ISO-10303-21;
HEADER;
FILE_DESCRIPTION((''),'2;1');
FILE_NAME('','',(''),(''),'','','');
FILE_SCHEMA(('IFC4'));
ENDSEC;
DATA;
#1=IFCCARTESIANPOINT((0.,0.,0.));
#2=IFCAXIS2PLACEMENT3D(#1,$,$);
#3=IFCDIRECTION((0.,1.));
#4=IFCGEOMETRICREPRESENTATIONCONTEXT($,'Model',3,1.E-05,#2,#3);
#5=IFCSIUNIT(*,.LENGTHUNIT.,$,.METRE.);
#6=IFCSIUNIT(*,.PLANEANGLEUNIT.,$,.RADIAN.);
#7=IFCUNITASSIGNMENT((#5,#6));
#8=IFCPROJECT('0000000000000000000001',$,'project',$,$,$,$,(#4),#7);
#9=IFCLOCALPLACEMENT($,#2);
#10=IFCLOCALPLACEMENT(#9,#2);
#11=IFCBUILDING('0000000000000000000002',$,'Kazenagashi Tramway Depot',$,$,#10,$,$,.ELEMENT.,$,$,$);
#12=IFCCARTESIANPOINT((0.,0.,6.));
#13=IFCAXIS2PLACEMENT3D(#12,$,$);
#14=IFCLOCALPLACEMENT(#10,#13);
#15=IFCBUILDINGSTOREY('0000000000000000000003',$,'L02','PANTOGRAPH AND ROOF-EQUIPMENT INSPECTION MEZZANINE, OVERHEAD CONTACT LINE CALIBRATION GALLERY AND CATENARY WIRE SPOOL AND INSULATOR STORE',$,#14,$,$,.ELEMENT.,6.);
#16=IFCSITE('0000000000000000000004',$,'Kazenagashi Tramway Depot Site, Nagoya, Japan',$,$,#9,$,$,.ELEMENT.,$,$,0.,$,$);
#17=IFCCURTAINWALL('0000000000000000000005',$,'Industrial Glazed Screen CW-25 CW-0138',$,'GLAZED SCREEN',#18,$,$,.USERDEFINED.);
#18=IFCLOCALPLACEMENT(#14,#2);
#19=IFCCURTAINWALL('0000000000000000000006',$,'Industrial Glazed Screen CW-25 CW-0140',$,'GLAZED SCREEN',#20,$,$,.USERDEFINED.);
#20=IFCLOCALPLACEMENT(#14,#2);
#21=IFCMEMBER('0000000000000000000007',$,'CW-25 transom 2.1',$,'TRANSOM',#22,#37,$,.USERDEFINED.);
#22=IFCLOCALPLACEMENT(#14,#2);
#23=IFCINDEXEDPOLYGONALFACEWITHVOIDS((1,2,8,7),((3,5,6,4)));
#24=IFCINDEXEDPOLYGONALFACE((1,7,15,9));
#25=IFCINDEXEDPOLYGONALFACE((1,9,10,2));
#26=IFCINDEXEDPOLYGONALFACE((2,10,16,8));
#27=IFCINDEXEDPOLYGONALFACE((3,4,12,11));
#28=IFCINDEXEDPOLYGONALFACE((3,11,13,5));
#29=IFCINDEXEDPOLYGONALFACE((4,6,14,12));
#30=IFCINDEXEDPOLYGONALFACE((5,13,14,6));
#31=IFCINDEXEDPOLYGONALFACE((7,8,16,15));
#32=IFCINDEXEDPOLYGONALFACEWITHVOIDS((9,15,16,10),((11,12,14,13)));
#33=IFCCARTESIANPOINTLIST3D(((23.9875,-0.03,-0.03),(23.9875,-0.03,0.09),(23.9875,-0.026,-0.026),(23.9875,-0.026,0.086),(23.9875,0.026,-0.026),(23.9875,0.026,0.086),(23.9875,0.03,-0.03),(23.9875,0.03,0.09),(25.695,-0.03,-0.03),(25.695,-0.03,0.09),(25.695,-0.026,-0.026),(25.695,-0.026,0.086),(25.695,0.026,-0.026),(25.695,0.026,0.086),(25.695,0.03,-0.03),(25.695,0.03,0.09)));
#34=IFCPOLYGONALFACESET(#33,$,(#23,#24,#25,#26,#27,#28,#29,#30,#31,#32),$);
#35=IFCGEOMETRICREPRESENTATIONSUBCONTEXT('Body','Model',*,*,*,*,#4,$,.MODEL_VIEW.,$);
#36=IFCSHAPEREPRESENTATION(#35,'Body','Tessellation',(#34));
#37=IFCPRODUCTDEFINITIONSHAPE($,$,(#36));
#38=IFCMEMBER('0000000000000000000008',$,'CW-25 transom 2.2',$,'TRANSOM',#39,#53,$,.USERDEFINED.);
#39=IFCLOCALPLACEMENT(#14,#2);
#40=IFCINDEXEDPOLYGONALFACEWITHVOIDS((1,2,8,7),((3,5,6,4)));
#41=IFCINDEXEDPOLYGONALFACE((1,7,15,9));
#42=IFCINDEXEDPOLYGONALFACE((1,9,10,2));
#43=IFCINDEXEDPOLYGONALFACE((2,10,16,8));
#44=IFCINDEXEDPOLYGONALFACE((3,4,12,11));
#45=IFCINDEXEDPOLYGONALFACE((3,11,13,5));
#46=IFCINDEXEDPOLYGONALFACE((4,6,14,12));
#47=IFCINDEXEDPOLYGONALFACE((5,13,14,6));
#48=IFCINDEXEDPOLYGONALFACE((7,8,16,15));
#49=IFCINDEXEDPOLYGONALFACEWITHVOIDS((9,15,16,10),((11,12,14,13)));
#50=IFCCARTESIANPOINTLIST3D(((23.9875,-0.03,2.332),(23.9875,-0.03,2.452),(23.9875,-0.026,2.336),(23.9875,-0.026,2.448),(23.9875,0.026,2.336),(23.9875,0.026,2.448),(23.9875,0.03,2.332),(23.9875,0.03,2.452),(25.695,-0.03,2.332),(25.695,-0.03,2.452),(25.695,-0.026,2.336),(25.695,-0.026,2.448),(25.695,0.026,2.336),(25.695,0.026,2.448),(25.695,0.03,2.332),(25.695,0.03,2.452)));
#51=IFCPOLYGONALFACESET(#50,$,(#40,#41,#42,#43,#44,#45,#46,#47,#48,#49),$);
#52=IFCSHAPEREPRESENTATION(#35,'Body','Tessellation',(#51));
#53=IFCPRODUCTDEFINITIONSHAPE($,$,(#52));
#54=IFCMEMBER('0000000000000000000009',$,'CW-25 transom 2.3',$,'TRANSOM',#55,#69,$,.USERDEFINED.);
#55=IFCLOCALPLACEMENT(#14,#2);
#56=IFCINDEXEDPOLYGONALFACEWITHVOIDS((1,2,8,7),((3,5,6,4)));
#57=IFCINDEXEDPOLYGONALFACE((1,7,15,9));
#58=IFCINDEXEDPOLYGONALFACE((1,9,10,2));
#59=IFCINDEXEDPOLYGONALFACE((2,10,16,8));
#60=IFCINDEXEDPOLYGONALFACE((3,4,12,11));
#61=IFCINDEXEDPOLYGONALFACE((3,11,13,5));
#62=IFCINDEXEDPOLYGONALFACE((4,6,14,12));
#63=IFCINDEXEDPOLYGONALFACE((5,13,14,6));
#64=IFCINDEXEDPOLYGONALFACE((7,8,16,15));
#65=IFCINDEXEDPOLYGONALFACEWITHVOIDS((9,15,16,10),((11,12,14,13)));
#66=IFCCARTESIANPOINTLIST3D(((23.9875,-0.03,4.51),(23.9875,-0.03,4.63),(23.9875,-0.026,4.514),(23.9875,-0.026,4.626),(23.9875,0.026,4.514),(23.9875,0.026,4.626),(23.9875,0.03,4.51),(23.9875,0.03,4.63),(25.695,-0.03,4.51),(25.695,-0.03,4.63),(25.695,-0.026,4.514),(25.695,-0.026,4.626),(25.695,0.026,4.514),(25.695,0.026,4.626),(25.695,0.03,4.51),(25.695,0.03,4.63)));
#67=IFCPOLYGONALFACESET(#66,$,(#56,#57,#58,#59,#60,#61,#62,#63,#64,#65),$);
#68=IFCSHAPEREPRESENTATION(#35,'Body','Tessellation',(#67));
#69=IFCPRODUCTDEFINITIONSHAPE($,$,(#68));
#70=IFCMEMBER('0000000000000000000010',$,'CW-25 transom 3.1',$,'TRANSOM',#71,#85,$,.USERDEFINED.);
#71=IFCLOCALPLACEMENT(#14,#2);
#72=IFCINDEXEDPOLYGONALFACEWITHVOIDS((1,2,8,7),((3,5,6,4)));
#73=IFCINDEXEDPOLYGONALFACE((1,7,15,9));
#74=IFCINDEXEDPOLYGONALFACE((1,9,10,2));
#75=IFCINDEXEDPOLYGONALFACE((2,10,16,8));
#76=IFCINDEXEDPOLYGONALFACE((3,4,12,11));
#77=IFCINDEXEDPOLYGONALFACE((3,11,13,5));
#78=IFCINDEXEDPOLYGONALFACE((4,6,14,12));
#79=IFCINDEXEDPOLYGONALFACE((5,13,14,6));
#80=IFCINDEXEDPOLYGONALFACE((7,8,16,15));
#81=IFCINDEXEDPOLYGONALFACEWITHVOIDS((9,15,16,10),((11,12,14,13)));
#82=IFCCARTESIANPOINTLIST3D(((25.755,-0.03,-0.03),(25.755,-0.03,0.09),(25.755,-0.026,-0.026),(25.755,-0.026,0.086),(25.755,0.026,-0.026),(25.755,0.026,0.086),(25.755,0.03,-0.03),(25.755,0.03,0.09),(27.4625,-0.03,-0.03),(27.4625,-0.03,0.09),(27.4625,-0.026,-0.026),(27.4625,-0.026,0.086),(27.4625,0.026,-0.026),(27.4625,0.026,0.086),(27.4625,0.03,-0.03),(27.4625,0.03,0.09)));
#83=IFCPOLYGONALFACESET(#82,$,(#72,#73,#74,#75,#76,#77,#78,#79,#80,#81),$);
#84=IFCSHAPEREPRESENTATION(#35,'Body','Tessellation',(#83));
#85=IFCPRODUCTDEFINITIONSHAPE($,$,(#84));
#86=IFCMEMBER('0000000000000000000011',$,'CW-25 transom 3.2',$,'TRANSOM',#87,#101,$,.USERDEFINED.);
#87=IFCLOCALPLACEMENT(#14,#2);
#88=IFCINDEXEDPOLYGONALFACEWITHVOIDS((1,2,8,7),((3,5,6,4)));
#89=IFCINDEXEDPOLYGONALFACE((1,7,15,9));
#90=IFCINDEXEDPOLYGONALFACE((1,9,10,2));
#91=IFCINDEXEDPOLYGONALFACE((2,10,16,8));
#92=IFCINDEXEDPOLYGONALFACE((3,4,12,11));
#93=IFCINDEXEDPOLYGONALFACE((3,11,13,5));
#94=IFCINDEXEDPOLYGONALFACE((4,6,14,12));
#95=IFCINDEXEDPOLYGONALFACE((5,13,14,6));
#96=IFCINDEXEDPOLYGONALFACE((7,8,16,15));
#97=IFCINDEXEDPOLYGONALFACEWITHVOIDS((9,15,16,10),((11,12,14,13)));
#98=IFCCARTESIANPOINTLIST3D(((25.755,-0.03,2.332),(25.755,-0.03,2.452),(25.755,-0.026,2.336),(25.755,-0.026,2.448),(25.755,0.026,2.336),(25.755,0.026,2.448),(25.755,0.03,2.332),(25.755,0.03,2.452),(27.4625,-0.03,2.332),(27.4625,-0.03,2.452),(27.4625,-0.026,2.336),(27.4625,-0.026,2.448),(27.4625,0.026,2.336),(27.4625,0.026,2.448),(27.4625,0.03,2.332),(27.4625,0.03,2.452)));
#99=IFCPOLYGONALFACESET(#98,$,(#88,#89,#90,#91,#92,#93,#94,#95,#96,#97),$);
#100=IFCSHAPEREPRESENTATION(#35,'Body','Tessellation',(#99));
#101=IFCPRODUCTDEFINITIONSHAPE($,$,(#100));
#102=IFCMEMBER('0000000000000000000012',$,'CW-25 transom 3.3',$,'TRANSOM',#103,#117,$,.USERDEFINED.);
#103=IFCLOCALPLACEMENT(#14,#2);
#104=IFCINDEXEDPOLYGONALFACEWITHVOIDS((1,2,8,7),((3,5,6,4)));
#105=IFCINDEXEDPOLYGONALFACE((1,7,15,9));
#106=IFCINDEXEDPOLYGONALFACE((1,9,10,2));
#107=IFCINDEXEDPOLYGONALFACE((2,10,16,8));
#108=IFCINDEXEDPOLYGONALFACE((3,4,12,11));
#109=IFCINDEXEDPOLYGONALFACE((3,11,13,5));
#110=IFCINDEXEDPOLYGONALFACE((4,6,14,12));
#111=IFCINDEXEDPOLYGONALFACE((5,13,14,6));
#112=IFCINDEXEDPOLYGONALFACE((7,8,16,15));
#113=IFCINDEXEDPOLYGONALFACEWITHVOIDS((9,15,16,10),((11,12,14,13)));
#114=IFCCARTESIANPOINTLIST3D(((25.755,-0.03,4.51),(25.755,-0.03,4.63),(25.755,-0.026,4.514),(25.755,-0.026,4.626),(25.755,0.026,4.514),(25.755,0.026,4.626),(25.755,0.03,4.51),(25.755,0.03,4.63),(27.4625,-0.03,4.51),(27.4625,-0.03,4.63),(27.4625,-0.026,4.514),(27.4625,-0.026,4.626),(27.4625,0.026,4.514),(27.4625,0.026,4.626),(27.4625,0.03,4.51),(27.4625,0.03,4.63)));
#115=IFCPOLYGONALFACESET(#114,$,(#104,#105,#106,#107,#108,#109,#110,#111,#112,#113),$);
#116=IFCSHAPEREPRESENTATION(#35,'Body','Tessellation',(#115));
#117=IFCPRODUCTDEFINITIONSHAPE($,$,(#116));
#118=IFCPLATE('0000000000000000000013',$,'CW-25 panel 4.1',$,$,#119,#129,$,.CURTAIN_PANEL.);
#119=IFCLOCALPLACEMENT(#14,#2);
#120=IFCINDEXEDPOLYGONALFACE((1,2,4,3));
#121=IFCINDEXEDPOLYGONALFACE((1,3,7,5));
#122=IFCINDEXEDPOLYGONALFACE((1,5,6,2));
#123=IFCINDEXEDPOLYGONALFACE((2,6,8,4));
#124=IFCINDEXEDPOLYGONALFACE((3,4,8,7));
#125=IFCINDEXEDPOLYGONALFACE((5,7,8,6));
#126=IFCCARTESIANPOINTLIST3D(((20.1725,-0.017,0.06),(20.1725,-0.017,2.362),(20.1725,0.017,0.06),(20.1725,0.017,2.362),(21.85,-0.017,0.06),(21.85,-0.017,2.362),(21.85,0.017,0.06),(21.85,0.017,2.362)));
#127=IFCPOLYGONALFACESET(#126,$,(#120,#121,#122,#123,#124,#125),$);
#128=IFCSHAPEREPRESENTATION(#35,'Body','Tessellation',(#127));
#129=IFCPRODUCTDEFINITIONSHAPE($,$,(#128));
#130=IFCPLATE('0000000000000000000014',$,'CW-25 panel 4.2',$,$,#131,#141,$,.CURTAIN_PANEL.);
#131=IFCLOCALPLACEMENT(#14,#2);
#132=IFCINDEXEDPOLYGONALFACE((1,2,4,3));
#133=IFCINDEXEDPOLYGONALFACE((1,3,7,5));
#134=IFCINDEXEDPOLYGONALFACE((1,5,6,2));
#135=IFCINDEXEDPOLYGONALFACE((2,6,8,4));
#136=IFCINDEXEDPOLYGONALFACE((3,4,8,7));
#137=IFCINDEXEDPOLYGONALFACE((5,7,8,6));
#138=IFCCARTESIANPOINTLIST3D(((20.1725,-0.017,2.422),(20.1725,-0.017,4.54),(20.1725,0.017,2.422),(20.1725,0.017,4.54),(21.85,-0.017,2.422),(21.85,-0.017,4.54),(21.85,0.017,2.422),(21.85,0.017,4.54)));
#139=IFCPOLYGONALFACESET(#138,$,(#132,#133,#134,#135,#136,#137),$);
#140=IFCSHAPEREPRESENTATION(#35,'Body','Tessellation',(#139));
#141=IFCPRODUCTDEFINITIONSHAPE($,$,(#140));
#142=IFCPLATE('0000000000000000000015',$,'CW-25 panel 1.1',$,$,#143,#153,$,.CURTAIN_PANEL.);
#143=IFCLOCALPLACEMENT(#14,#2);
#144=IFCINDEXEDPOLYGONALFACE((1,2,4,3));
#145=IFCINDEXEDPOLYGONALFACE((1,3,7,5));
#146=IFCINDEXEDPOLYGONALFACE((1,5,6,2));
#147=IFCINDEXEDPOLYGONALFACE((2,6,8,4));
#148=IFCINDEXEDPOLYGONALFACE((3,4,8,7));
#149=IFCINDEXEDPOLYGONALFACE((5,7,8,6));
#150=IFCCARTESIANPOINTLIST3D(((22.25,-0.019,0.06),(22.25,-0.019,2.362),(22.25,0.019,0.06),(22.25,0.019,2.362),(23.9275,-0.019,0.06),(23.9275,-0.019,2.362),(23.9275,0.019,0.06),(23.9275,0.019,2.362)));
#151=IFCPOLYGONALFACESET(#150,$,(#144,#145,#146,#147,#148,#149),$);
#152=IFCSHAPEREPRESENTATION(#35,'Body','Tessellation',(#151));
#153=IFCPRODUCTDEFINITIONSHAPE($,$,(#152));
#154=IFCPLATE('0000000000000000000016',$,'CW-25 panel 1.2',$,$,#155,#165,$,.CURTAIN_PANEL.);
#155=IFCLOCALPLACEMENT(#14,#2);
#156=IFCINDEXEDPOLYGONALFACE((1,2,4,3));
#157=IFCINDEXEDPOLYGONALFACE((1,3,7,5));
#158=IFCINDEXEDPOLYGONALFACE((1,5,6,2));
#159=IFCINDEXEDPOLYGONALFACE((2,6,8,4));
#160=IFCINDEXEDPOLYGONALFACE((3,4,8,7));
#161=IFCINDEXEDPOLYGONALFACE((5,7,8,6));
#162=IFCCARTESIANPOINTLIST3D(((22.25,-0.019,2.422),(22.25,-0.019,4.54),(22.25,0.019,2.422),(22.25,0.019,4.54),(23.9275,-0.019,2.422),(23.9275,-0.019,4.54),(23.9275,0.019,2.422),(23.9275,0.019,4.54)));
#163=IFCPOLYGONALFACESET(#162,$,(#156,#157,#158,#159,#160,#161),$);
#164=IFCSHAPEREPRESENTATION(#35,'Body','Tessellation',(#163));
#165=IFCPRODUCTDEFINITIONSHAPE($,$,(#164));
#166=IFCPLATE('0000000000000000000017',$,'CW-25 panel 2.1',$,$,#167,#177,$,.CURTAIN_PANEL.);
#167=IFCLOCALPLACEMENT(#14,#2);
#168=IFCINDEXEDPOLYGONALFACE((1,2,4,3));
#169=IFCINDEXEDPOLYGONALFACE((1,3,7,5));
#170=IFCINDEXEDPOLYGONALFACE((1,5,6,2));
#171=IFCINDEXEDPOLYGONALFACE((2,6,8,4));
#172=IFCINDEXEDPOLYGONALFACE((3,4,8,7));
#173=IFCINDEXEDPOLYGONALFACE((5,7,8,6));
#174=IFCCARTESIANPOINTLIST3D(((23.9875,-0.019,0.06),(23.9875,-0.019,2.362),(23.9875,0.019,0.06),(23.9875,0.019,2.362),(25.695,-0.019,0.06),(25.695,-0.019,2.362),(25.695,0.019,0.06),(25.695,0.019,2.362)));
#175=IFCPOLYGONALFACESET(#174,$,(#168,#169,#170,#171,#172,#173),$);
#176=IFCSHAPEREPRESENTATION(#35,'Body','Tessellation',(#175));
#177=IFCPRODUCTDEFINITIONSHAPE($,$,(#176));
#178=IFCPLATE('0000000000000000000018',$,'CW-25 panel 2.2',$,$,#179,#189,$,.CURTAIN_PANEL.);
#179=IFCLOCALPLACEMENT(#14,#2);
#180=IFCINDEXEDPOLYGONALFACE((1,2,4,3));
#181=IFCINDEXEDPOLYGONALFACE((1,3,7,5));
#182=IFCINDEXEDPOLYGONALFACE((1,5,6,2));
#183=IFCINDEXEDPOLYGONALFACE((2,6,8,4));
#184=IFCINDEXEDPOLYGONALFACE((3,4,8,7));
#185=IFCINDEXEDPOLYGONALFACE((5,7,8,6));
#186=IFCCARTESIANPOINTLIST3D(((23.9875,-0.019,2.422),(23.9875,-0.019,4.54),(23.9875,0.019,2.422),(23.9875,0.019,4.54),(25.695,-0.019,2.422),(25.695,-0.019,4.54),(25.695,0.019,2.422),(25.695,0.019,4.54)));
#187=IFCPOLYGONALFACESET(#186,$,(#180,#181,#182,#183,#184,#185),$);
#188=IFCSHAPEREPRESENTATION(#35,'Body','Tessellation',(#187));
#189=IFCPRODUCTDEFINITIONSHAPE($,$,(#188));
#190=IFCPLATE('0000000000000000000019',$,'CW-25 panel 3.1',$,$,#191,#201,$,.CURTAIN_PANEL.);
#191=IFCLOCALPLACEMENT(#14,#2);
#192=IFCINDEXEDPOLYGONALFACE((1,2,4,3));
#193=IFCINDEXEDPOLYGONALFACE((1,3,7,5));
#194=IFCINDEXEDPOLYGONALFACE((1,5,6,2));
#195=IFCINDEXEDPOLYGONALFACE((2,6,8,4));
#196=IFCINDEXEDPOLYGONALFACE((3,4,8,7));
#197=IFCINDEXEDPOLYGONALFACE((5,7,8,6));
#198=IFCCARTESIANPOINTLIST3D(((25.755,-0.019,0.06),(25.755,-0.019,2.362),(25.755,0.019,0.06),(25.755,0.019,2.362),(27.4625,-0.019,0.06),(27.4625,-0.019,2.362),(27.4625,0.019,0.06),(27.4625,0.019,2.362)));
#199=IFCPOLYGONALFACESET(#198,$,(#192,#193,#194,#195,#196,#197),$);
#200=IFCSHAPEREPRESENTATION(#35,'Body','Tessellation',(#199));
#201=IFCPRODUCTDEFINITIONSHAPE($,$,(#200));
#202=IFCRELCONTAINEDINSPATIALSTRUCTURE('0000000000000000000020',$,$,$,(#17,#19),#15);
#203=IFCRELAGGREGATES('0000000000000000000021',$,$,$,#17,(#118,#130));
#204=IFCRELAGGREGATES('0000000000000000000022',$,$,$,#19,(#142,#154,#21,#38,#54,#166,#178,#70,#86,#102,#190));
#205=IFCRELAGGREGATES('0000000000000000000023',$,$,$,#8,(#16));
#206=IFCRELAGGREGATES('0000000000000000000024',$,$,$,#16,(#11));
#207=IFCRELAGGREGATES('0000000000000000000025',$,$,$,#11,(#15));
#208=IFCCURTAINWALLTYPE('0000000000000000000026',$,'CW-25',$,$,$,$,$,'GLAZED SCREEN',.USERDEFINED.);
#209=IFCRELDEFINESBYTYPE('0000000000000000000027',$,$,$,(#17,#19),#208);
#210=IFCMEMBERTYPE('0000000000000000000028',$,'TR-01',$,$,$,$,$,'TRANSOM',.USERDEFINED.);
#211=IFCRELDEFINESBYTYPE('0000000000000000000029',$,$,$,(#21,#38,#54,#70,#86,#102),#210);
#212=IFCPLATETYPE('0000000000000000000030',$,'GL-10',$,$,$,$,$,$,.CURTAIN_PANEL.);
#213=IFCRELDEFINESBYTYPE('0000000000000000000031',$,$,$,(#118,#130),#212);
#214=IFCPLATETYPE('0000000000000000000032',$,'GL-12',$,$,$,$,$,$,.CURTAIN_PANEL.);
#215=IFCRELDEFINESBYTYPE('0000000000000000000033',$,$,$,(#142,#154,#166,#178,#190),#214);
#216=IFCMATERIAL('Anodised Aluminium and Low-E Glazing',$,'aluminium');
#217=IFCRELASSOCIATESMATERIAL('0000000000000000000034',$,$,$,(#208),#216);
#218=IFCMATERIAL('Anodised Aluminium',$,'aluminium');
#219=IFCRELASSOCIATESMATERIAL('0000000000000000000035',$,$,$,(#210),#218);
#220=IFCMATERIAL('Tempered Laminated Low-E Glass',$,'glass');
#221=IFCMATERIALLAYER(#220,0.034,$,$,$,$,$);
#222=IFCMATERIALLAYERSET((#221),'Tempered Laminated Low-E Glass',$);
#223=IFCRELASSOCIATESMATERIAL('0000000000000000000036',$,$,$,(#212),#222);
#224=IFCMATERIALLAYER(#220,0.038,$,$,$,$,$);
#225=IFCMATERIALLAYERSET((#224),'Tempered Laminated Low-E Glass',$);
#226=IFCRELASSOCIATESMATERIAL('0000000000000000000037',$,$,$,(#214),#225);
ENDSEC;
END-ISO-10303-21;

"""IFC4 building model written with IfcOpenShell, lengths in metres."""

from ifc_helpers import new_model, si_unit, direction, frame, origin, origin_2d, place, context, subcontext, project, spatial, rectangle, hollow_rectangle, extrude, material, layer, layer_set, material_profile, profile_set, type_object, element, aggregate, save


model = new_model("IFC4")

# Units and contexts
model_context = context("Model", 3, precision=1e-05, world=origin(), true_north=direction((0.0, 1.0)))
body_context = subcontext(model_context, "Body", "Model", "MODEL_VIEW")
ifc_project = project(units=[si_unit("LENGTHUNIT", "METRE"), si_unit("PLANEANGLEUNIT", "RADIAN")], contexts=[model_context])

# Site, building, storey
site_placement = place(None, origin())
site = spatial("IfcSite", under=ifc_project, at=site_placement, Name="Kazenagashi Tramway Depot Site, Nagoya, Japan", CompositionType="ELEMENT", RefElevation=0.0)
building_placement = place(site_placement, origin())
building = spatial("IfcBuilding", under=site, at=building_placement, Name="Kazenagashi Tramway Depot", CompositionType="ELEMENT")
storey_placement = place(building_placement, frame((0.0, 0.0, 6.0)))
storey = spatial("IfcBuildingStorey", under=building, at=storey_placement, Name="L02", Description="PANTOGRAPH AND ROOF-EQUIPMENT INSPECTION MEZZANINE, OVERHEAD CONTACT LINE CALIBRATION GALLERY AND CATENARY WIRE SPOOL AND INSULATOR STORE", CompositionType="ELEMENT", Elevation=6.0)

# Curtain walls
ifc_material_1 = material(Name="Anodised Aluminium and Low-E Glazing", Category="aluminium")
curtain_wall_type = type_object("IfcCurtainWallType", Name="CW-25", ElementType="GLAZED SCREEN", PredefinedType="USERDEFINED", material=ifc_material_1)
curtain_wall_1_placement = place(storey_placement, origin())
curtain_wall_1 = element("IfcCurtainWall", 1, at=curtain_wall_1_placement, inside=storey, type_object=curtain_wall_type, Name="Industrial Glazed Screen CW-25 CW-0138", ObjectType="GLAZED SCREEN", PredefinedType="USERDEFINED")
ifc_material_2 = material(Name="Anodised Aluminium", Category="aluminium")
curtain_wall_2_placement = place(storey_placement, origin())
curtain_wall_2 = element("IfcCurtainWall", 2, at=curtain_wall_2_placement, inside=storey, type_object=curtain_wall_type, Name="Industrial Glazed Screen CW-25 CW-0140", ObjectType="GLAZED SCREEN", PredefinedType="USERDEFINED")

# Members
ifc_material_profile_1 = material_profile(ifc_material_2, hollow_rectangle(XDim=0.06, YDim=0.12, WallThickness=0.004, at=origin_2d()), Name="RHS-120x60x4")
ifc_profile_set_1 = profile_set([ifc_material_profile_1], Name="Anodised Aluminium")
member_type_1 = type_object("IfcMemberType", Name="TR-01", ElementType="TRANSOM", PredefinedType="USERDEFINED", material=ifc_profile_set_1)
member_1_placement = place(storey_placement, frame((23.9875, 0.0, 0.03), z_axis=(1.0, 0.0, 0.0), x_axis=(0.0, 1.0, 0.0)))
member_1 = element("IfcMember", 3, at=member_1_placement, type_object=member_type_1, Name="CW-25 transom 2.1", ObjectType="TRANSOM", PredefinedType="USERDEFINED", context=body_context, shape_type="SweptSolid", body=[
    extrude(hollow_rectangle(XDim=0.06, YDim=0.12, WallThickness=0.004, at=origin_2d()), origin(), (0.0, 0.0, 1.0), 1.7075),
])
member_2_placement = place(storey_placement, frame((23.9875, 0.0, 2.392), z_axis=(1.0, 0.0, 0.0), x_axis=(0.0, 1.0, 0.0)))
member_2 = element("IfcMember", 4, at=member_2_placement, type_object=member_type_1, Name="CW-25 transom 2.2", ObjectType="TRANSOM", PredefinedType="USERDEFINED", context=body_context, shape_type="SweptSolid", body=[
    extrude(hollow_rectangle(XDim=0.06, YDim=0.12, WallThickness=0.004, at=origin_2d()), origin(), (0.0, 0.0, 1.0), 1.7075),
])
member_3_placement = place(storey_placement, frame((23.9875, 0.0, 4.57), z_axis=(1.0, 0.0, 0.0), x_axis=(0.0, 1.0, 0.0)))
member_3 = element("IfcMember", 5, at=member_3_placement, type_object=member_type_1, Name="CW-25 transom 2.3", ObjectType="TRANSOM", PredefinedType="USERDEFINED", context=body_context, shape_type="SweptSolid", body=[
    extrude(hollow_rectangle(XDim=0.06, YDim=0.12, WallThickness=0.004, at=origin_2d()), origin(), (0.0, 0.0, 1.0), 1.7075),
])
member_4_placement = place(storey_placement, frame((25.755, 0.0, 0.03), z_axis=(1.0, 0.0, 0.0), x_axis=(0.0, 1.0, 0.0)))
member_4 = element("IfcMember", 6, at=member_4_placement, type_object=member_type_1, Name="CW-25 transom 3.1", ObjectType="TRANSOM", PredefinedType="USERDEFINED", context=body_context, shape_type="SweptSolid", body=[
    extrude(hollow_rectangle(XDim=0.06, YDim=0.12, WallThickness=0.004, at=origin_2d()), origin(), (0.0, 0.0, 1.0), 1.7075),
])
member_5_placement = place(storey_placement, frame((25.755, 0.0, 2.392), z_axis=(1.0, 0.0, 0.0), x_axis=(0.0, 1.0, 0.0)))
member_5 = element("IfcMember", 7, at=member_5_placement, type_object=member_type_1, Name="CW-25 transom 3.2", ObjectType="TRANSOM", PredefinedType="USERDEFINED", context=body_context, shape_type="SweptSolid", body=[
    extrude(hollow_rectangle(XDim=0.06, YDim=0.12, WallThickness=0.004, at=origin_2d()), origin(), (0.0, 0.0, 1.0), 1.7075),
])
member_6_placement = place(storey_placement, frame((25.755, 0.0, 4.57), z_axis=(1.0, 0.0, 0.0), x_axis=(0.0, 1.0, 0.0)))
member_6 = element("IfcMember", 8, at=member_6_placement, type_object=member_type_1, Name="CW-25 transom 3.3", ObjectType="TRANSOM", PredefinedType="USERDEFINED", context=body_context, shape_type="SweptSolid", body=[
    extrude(hollow_rectangle(XDim=0.06, YDim=0.12, WallThickness=0.004, at=origin_2d()), origin(), (0.0, 0.0, 1.0), 1.7075),
])

# Plates
ifc_material_3 = material(Name="Tempered Laminated Low-E Glass", Category="glass")
ifc_layer_1 = layer(ifc_material_3, 0.034)
ifc_layer_set_1 = layer_set([ifc_layer_1], Name="Tempered Laminated Low-E Glass")
plate_type_1 = type_object("IfcPlateType", Name="GL-10", PredefinedType="CURTAIN_PANEL", material=ifc_layer_set_1)
plate_1_placement = place(storey_placement, frame((21.0113, 0.0, 0.06), z_axis=(0.0, 0.0, 1.0), x_axis=(1.0, 0.0, 0.0)))
plate_1 = element("IfcPlate", 9, at=plate_1_placement, type_object=plate_type_1, Name="CW-25 panel 4.1", PredefinedType="CURTAIN_PANEL", context=body_context, shape_type="SweptSolid", body=[
    extrude(rectangle(XDim=1.6775, YDim=0.034, at=origin_2d()), origin(), (0.0, 0.0, 1.0), 2.302),
])
plate_2_placement = place(storey_placement, frame((21.0113, 0.0, 2.422), z_axis=(0.0, 0.0, 1.0), x_axis=(1.0, 0.0, 0.0)))
plate_2 = element("IfcPlate", 10, at=plate_2_placement, type_object=plate_type_1, Name="CW-25 panel 4.2", PredefinedType="CURTAIN_PANEL", context=body_context, shape_type="SweptSolid", body=[
    extrude(rectangle(XDim=1.6775, YDim=0.034, at=origin_2d()), origin(), (0.0, 0.0, 1.0), 2.118),
])
aggregate(curtain_wall_1, [plate_1, plate_2])
ifc_layer_2 = layer(ifc_material_3, 0.038)
ifc_layer_set_2 = layer_set([ifc_layer_2], Name="Tempered Laminated Low-E Glass")
plate_type_2 = type_object("IfcPlateType", Name="GL-12", PredefinedType="CURTAIN_PANEL", material=ifc_layer_set_2)
plate_3_placement = place(storey_placement, frame((23.0888, 0.0, 0.06), z_axis=(0.0, 0.0, 1.0), x_axis=(1.0, 0.0, 0.0)))
plate_3 = element("IfcPlate", 11, at=plate_3_placement, type_object=plate_type_2, Name="CW-25 panel 1.1", PredefinedType="CURTAIN_PANEL", context=body_context, shape_type="SweptSolid", body=[
    extrude(rectangle(XDim=1.6775, YDim=0.038, at=origin_2d()), origin(), (0.0, 0.0, 1.0), 2.302),
])
plate_4_placement = place(storey_placement, frame((23.0888, 0.0, 2.422), z_axis=(0.0, 0.0, 1.0), x_axis=(1.0, 0.0, 0.0)))
plate_4 = element("IfcPlate", 12, at=plate_4_placement, type_object=plate_type_2, Name="CW-25 panel 1.2", PredefinedType="CURTAIN_PANEL", context=body_context, shape_type="SweptSolid", body=[
    extrude(rectangle(XDim=1.6775, YDim=0.038, at=origin_2d()), origin(), (0.0, 0.0, 1.0), 2.118),
])
plate_5_placement = place(storey_placement, frame((24.8412, 0.0, 0.06), z_axis=(0.0, 0.0, 1.0), x_axis=(1.0, 0.0, 0.0)))
plate_5 = element("IfcPlate", 13, at=plate_5_placement, type_object=plate_type_2, Name="CW-25 panel 2.1", PredefinedType="CURTAIN_PANEL", context=body_context, shape_type="SweptSolid", body=[
    extrude(rectangle(XDim=1.7075, YDim=0.038, at=origin_2d()), origin(), (0.0, 0.0, 1.0), 2.302),
])
plate_6_placement = place(storey_placement, frame((24.8412, 0.0, 2.422), z_axis=(0.0, 0.0, 1.0), x_axis=(1.0, 0.0, 0.0)))
plate_6 = element("IfcPlate", 14, at=plate_6_placement, type_object=plate_type_2, Name="CW-25 panel 2.2", PredefinedType="CURTAIN_PANEL", context=body_context, shape_type="SweptSolid", body=[
    extrude(rectangle(XDim=1.7075, YDim=0.038, at=origin_2d()), origin(), (0.0, 0.0, 1.0), 2.118),
])
plate_7_placement = place(storey_placement, frame((26.6088, 0.0, 0.06), z_axis=(0.0, 0.0, 1.0), x_axis=(1.0, 0.0, 0.0)))
plate_7 = element("IfcPlate", 15, at=plate_7_placement, type_object=plate_type_2, Name="CW-25 panel 3.1", PredefinedType="CURTAIN_PANEL", context=body_context, shape_type="SweptSolid", body=[
    extrude(rectangle(XDim=1.7075, YDim=0.038, at=origin_2d()), origin(), (0.0, 0.0, 1.0), 2.302),
])
aggregate(curtain_wall_2, [plate_3, plate_4, member_1, member_2, member_3, plate_5, plate_6, member_4, member_5, member_6, plate_7])

save(model, "model.ifc")
